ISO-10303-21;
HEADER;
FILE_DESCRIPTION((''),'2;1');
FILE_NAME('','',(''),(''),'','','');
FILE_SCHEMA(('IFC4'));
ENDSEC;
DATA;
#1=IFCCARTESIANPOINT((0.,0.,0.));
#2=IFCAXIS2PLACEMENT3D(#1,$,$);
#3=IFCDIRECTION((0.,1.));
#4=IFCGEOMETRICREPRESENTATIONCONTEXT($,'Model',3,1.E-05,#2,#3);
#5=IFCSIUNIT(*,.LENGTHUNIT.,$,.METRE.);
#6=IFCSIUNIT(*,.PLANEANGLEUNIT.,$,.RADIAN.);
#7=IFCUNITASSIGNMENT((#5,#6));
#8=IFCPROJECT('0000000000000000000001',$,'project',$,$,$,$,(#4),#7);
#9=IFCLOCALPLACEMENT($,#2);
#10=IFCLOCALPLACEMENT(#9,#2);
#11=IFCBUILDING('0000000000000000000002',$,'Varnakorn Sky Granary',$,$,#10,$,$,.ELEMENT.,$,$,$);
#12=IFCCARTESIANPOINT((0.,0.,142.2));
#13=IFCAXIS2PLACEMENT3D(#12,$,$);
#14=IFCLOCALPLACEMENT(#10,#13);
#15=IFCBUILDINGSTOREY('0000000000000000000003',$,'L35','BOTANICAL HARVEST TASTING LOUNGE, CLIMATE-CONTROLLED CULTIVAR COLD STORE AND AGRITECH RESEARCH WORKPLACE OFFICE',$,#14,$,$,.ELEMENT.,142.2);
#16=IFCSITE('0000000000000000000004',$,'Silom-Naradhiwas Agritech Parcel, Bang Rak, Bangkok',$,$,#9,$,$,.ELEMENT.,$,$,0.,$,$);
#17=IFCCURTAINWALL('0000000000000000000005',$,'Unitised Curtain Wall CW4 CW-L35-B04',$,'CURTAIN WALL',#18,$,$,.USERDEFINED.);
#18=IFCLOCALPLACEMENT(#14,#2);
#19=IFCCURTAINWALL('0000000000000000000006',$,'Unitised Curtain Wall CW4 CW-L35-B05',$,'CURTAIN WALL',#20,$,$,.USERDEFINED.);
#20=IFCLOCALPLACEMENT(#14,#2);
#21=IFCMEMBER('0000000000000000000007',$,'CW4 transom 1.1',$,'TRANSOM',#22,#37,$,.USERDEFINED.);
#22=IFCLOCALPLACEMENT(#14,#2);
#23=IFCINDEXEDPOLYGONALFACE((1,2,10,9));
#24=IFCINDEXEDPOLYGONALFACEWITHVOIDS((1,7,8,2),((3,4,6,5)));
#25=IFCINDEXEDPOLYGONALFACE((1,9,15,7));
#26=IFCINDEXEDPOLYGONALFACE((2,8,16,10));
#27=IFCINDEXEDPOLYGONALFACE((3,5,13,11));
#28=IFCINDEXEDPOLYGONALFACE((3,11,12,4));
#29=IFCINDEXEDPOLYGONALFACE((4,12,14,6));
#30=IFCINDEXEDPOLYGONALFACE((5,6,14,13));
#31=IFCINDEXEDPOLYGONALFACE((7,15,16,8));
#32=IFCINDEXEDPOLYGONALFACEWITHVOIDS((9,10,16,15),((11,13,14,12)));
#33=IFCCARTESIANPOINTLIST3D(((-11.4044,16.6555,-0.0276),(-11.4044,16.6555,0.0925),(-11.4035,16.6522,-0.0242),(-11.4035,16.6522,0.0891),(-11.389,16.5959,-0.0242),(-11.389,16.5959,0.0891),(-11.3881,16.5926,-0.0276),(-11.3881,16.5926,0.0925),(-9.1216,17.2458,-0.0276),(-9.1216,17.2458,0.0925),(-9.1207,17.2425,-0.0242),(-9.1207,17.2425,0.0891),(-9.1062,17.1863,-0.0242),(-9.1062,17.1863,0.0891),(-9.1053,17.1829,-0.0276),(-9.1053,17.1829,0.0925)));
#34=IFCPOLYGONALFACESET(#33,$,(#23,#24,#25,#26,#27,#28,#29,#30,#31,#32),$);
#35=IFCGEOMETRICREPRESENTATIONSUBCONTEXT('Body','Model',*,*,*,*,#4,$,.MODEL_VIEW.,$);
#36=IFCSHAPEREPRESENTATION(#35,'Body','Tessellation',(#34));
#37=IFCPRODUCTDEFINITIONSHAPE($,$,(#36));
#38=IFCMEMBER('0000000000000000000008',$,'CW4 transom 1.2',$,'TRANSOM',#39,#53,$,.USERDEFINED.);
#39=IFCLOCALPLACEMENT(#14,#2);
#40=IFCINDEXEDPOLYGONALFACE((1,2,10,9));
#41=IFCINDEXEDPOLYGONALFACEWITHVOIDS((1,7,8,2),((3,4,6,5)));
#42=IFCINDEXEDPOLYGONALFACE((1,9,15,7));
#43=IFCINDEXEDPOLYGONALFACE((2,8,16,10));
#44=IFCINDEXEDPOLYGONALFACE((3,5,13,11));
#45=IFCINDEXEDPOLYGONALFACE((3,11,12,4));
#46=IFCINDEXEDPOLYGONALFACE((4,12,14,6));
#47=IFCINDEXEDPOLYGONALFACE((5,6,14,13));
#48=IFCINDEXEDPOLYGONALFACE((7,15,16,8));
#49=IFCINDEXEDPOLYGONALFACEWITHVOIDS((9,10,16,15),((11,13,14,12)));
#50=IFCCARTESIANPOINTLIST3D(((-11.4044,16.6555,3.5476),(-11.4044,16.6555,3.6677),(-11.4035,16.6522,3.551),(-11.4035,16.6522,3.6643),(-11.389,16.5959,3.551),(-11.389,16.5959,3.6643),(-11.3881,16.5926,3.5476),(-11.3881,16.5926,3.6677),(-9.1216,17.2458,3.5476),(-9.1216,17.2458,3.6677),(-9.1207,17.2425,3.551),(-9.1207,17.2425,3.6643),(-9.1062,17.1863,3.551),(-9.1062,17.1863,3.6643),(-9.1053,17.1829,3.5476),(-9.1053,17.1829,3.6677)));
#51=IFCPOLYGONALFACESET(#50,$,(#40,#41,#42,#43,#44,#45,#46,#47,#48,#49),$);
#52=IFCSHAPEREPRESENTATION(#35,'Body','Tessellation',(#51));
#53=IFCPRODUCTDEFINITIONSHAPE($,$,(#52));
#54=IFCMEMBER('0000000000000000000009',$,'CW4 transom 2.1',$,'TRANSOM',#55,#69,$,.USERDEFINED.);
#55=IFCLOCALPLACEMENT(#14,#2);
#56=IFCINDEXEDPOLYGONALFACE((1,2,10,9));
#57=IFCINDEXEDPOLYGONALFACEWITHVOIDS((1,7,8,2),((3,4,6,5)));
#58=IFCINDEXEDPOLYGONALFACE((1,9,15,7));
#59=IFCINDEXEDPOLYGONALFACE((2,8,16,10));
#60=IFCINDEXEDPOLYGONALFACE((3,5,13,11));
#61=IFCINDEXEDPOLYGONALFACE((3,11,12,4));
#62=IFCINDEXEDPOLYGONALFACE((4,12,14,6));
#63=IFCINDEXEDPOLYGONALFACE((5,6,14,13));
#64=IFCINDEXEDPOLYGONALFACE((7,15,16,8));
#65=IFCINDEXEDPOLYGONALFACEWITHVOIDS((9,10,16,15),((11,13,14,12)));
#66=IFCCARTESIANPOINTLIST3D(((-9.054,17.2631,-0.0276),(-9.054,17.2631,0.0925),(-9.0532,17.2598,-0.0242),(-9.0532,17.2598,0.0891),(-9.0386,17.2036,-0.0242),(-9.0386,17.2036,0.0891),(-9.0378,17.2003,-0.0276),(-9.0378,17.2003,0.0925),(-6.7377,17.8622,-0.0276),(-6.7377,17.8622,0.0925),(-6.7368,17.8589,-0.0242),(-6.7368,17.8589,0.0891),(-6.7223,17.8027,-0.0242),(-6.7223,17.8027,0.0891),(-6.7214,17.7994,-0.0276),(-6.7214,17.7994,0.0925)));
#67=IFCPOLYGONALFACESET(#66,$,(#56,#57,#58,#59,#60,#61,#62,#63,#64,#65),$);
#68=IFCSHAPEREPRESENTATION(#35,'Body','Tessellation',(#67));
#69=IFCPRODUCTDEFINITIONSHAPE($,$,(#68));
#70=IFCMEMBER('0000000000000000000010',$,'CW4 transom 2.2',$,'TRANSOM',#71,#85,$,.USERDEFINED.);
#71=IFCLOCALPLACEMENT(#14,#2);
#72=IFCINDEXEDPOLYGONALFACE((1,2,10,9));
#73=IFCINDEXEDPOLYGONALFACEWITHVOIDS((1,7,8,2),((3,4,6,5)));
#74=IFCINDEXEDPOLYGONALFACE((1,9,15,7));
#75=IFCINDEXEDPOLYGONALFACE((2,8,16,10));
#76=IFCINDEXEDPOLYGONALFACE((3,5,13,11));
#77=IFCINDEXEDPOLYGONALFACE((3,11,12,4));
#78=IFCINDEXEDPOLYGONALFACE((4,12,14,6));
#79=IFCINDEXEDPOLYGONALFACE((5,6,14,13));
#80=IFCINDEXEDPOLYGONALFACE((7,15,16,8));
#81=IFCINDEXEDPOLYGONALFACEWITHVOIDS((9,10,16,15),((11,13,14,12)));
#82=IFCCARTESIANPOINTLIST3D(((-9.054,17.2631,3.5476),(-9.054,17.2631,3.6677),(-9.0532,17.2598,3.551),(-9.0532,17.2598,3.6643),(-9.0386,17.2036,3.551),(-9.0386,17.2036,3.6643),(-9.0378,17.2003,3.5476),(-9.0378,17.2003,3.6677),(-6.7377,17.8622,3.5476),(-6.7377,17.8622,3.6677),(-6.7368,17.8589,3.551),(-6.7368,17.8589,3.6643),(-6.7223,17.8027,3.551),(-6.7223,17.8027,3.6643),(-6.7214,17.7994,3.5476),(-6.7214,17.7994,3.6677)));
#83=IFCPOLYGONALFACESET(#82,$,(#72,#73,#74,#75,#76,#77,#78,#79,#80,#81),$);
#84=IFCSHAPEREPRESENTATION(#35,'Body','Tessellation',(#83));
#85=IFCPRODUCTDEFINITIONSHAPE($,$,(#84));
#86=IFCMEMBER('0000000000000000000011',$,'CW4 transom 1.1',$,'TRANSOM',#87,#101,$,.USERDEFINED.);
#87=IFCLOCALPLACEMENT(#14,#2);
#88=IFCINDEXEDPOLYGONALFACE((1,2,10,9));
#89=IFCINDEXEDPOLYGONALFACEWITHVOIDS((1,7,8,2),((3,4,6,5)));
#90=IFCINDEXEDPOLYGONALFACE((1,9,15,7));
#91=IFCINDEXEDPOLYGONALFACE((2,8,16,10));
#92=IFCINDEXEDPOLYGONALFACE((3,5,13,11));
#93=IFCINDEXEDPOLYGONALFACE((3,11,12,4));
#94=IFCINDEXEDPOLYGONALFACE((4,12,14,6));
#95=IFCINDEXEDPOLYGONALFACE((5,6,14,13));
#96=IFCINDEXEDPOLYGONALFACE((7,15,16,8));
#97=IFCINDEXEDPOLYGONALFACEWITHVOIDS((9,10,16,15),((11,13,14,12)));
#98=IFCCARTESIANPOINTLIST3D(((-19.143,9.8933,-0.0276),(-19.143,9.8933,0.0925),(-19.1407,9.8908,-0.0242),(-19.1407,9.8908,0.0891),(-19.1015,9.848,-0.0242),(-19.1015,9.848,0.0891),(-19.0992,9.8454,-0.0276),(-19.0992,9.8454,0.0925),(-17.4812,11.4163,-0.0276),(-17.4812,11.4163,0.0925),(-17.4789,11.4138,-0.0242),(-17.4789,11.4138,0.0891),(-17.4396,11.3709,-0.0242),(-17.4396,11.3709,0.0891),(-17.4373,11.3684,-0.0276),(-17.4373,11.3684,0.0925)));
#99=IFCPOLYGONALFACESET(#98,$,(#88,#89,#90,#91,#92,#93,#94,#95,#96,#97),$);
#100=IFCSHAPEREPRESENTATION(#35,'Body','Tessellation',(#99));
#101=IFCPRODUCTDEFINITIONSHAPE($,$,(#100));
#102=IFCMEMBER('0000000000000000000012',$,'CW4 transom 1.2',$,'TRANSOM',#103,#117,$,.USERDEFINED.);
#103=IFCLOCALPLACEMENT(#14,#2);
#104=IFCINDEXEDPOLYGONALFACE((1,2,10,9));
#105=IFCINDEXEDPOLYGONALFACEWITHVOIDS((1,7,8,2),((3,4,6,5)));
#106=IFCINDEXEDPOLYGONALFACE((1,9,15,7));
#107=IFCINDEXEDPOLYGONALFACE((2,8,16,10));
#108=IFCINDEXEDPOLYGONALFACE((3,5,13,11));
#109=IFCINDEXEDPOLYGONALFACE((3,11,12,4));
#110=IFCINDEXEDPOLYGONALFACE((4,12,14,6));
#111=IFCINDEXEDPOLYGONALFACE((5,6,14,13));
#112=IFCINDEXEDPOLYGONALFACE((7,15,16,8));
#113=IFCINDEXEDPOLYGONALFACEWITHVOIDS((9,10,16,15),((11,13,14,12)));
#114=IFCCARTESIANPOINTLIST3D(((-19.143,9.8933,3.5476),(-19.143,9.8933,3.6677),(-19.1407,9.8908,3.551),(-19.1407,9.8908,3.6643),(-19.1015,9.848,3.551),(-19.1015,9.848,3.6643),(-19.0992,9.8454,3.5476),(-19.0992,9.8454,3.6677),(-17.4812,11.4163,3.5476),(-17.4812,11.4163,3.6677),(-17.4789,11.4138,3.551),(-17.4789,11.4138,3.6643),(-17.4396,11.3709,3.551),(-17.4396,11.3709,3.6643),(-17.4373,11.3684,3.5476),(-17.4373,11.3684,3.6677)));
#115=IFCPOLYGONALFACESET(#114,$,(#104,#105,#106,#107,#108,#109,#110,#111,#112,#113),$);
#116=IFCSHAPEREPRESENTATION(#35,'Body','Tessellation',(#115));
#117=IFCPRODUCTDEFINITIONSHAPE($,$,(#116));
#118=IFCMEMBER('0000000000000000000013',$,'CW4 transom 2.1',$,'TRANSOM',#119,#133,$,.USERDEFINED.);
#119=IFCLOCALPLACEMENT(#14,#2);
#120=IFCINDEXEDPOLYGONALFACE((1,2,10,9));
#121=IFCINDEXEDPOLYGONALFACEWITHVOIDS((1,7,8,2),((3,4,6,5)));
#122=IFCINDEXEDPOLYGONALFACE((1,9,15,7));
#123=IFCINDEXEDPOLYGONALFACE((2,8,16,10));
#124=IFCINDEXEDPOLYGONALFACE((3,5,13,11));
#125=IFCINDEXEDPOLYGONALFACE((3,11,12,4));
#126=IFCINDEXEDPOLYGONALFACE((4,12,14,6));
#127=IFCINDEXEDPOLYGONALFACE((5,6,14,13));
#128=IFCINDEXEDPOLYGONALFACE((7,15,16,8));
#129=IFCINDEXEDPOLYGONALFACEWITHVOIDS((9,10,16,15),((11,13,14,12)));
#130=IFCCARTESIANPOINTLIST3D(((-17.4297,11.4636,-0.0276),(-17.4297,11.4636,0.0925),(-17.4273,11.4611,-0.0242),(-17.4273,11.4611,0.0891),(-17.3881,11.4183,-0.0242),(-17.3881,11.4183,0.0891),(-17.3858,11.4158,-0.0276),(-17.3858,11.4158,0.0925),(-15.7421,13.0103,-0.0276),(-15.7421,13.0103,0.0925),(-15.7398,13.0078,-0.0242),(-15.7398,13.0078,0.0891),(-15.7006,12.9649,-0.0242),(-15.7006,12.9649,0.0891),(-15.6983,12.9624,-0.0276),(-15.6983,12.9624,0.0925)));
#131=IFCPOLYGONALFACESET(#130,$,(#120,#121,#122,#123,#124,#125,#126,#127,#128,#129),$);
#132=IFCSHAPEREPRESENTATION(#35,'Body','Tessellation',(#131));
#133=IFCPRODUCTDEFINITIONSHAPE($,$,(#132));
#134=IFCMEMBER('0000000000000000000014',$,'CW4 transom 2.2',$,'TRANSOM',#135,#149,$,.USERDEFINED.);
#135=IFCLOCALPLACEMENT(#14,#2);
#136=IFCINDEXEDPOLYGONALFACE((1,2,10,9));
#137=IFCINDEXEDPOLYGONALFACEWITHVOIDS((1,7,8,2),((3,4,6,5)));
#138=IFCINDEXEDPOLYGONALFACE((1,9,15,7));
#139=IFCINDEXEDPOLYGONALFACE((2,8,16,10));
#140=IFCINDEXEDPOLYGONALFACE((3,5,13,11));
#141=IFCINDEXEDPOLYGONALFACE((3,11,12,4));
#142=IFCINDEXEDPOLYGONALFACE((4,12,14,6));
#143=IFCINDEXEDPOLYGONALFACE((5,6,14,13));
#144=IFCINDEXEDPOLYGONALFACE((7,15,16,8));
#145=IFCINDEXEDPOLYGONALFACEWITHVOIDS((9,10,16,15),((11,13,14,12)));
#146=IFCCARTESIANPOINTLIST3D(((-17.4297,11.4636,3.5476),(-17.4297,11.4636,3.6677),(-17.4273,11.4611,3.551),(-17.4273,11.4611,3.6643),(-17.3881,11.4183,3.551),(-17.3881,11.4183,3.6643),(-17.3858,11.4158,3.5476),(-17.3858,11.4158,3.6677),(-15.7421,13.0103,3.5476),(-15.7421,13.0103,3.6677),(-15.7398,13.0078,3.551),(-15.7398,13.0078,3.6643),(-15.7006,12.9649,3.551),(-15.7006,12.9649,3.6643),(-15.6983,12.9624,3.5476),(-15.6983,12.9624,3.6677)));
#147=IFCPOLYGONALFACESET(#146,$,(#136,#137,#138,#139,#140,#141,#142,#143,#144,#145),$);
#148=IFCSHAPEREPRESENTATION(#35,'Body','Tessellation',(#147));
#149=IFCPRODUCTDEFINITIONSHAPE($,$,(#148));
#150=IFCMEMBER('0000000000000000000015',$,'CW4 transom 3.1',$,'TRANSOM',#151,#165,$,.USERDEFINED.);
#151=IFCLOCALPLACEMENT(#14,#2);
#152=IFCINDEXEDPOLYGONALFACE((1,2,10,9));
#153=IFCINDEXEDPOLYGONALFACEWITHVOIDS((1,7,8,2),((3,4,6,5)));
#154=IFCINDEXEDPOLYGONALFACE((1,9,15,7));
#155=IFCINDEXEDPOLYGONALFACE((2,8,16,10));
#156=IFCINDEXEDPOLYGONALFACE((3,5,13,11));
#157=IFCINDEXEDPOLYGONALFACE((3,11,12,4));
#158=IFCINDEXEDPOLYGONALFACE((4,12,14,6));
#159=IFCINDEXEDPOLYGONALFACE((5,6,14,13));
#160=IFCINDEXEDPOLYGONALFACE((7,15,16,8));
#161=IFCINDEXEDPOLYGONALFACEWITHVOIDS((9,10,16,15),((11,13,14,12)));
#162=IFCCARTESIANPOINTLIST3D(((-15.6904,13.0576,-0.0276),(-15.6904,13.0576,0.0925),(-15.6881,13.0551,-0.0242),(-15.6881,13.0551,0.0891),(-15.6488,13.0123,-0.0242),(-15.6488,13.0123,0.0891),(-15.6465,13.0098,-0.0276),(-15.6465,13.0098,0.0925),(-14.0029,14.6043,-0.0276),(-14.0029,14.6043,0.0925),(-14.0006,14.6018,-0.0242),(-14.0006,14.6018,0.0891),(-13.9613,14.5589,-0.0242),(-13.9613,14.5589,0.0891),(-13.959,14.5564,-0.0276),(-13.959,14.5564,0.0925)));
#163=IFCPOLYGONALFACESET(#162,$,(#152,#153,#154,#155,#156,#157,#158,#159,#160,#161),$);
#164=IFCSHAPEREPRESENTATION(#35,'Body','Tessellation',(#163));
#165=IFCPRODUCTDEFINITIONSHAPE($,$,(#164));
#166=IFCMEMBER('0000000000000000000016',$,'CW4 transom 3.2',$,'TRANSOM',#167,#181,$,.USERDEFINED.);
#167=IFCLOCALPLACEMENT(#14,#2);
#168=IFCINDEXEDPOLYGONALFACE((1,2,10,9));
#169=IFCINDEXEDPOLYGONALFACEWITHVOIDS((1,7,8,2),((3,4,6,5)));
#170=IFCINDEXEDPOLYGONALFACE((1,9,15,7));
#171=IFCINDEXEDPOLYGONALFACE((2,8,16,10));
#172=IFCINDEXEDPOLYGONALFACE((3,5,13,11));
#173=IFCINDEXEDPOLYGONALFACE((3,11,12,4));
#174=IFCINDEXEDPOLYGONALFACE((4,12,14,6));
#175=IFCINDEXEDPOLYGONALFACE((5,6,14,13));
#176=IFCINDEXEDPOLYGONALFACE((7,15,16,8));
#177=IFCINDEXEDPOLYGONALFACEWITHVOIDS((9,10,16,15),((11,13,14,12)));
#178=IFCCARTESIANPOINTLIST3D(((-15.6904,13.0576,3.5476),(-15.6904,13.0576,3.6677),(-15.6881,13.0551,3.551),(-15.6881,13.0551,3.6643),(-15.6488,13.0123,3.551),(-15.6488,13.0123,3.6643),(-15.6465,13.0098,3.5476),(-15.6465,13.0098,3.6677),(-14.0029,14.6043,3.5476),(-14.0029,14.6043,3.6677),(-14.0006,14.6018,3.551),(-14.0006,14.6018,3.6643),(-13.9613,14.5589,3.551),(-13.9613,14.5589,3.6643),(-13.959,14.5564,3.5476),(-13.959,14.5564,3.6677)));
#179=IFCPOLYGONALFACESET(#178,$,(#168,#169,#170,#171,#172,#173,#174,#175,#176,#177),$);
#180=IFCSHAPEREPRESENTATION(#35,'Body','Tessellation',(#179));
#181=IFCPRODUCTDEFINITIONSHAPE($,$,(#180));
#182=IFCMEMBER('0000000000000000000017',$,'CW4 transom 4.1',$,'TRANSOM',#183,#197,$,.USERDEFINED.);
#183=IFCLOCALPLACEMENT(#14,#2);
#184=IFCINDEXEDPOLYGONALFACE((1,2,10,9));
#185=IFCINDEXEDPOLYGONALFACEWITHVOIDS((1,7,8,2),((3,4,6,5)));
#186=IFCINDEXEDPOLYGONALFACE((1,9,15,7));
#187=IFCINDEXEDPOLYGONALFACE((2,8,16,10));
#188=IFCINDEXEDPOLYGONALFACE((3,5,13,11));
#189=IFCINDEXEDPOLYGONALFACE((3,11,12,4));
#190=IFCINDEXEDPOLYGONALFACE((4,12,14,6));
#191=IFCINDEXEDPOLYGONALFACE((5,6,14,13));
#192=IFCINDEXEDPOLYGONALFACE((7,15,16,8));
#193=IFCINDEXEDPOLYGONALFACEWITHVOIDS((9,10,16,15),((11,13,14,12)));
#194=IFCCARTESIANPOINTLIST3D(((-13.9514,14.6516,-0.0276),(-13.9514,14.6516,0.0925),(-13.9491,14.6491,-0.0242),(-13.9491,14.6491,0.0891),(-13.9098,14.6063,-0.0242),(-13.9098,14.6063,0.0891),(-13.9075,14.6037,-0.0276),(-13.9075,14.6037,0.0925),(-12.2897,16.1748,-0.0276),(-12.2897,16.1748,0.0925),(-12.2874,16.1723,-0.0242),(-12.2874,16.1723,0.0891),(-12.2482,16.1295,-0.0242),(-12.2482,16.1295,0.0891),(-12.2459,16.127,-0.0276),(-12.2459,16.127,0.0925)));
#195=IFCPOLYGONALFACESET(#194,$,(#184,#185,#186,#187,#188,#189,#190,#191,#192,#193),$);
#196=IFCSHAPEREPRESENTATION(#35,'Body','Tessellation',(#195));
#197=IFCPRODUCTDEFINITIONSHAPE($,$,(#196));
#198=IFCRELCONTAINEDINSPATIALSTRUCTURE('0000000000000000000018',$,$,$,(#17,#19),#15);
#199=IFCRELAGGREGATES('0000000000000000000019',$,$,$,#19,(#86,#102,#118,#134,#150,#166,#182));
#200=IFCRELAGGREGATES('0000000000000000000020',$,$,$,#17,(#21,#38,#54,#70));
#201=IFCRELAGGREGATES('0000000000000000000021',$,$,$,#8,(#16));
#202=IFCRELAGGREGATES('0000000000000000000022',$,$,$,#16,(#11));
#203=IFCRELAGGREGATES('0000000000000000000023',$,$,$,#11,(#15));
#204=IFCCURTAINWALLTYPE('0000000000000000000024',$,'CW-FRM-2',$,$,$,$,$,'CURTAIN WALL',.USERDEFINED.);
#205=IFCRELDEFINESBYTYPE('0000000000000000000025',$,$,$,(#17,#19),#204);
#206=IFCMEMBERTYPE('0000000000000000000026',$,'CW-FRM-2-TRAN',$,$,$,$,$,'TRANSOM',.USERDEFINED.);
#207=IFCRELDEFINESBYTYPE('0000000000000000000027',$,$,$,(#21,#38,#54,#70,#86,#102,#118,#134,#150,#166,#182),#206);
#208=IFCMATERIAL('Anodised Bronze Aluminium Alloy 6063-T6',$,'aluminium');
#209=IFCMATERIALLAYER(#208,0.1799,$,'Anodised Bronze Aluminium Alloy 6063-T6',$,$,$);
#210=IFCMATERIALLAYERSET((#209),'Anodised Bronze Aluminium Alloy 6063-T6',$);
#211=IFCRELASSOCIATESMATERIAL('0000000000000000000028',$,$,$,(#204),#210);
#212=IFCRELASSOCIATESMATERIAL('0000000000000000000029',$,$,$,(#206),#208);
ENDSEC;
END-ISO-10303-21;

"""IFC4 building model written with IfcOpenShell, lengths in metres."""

from ifc_helpers import new_model, si_unit, direction, frame, origin, origin_2d, place, context, subcontext, project, spatial, hollow_rectangle, extrude, material, layer, layer_set, material_profile, profile_set, type_object, element, aggregate, save


model = new_model("IFC4")

# Units and contexts
model_context = context("Model", 3, precision=1e-05, world=origin(), true_north=direction((0.0, 1.0)))
body_context = subcontext(model_context, "Body", "Model", "MODEL_VIEW")
ifc_project = project(units=[si_unit("LENGTHUNIT", "METRE"), si_unit("PLANEANGLEUNIT", "RADIAN")], contexts=[model_context])

# Site, building, storey
site_placement = place(None, origin())
site = spatial("IfcSite", under=ifc_project, at=site_placement, Name="Silom-Naradhiwas Agritech Parcel, Bang Rak, Bangkok", CompositionType="ELEMENT", RefElevation=0.0)
building_placement = place(site_placement, origin())
building = spatial("IfcBuilding", under=site, at=building_placement, Name="Varnakorn Sky Granary", CompositionType="ELEMENT")
storey_placement = place(building_placement, frame((0.0, 0.0, 142.2)))
storey = spatial("IfcBuildingStorey", under=building, at=storey_placement, Name="L35", Description="BOTANICAL HARVEST TASTING LOUNGE, CLIMATE-CONTROLLED CULTIVAR COLD STORE AND AGRITECH RESEARCH WORKPLACE OFFICE", CompositionType="ELEMENT", Elevation=142.2)

# Curtain walls
ifc_material_1 = material(Name="Anodised Bronze Aluminium Alloy 6063-T6", Category="aluminium")
ifc_layer_1 = layer(ifc_material_1, 0.1799, Name="Anodised Bronze Aluminium Alloy 6063-T6")
ifc_layer_set_1 = layer_set([ifc_layer_1], Name="Anodised Bronze Aluminium Alloy 6063-T6")
curtain_wall_type = type_object("IfcCurtainWallType", Name="CW-FRM-2", ElementType="CURTAIN WALL", PredefinedType="USERDEFINED", material=ifc_layer_set_1)
curtain_wall_1_placement = place(storey_placement, origin())
curtain_wall_1 = element("IfcCurtainWall", 1, at=curtain_wall_1_placement, inside=storey, type_object=curtain_wall_type, Name="Unitised Curtain Wall CW4 CW-L35-B04", ObjectType="CURTAIN WALL", PredefinedType="USERDEFINED")
curtain_wall_2_placement = place(storey_placement, origin())
curtain_wall_2 = element("IfcCurtainWall", 2, at=curtain_wall_2_placement, inside=storey, type_object=curtain_wall_type, Name="Unitised Curtain Wall CW4 CW-L35-B05", ObjectType="CURTAIN WALL", PredefinedType="USERDEFINED")

# Members
ifc_material_profile_1 = material_profile(ifc_material_1, hollow_rectangle(XDim=0.0649, YDim=0.1201, WallThickness=0.0034, at=origin_2d()), Name="ALU TRAN 65x120")
ifc_profile_set_1 = profile_set([ifc_material_profile_1], Name="Anodised Bronze Aluminium Alloy 6063-T6")
member_type_1 = type_object("IfcMemberType", Name="CW-FRM-2-TRAN", ElementType="TRANSOM", PredefinedType="USERDEFINED", material=ifc_profile_set_1)
member_1_placement = place(storey_placement, frame((-11.3962, 16.624, 0.0325), z_axis=(0.96815, 0.250373, 0.0), x_axis=(-0.250373, 0.96815, 0.0)))
member_1 = element("IfcMember", 3, at=member_1_placement, type_object=member_type_1, Name="CW4 transom 1.1", ObjectType="TRANSOM", PredefinedType="USERDEFINED", context=body_context, shape_type="SweptSolid", body=[
    extrude(hollow_rectangle(XDim=0.0649, YDim=0.1201, WallThickness=0.0034, at=origin_2d()), origin(), (0.0, 0.0, 1.0), 2.3579),
])
member_2_placement = place(storey_placement, frame((-11.3962, 16.624, 3.6077), z_axis=(0.96815, 0.250373, 0.0), x_axis=(-0.250373, 0.96815, 0.0)))
member_2 = element("IfcMember", 4, at=member_2_placement, type_object=member_type_1, Name="CW4 transom 1.2", ObjectType="TRANSOM", PredefinedType="USERDEFINED", context=body_context, shape_type="SweptSolid", body=[
    extrude(hollow_rectangle(XDim=0.0649, YDim=0.1201, WallThickness=0.0034, at=origin_2d()), origin(), (0.0, 0.0, 1.0), 2.3579),
])
member_3_placement = place(storey_placement, frame((-9.0459, 17.2317, 0.0325), z_axis=(0.968142, 0.250403, 0.0), x_axis=(-0.250403, 0.968142, 0.0)))
member_3 = element("IfcMember", 5, at=member_3_placement, type_object=member_type_1, Name="CW4 transom 2.1", ObjectType="TRANSOM", PredefinedType="USERDEFINED", context=body_context, shape_type="SweptSolid", body=[
    extrude(hollow_rectangle(XDim=0.0649, YDim=0.1201, WallThickness=0.0034, at=origin_2d()), origin(), (0.0, 0.0, 1.0), 2.3926),
])
member_4_placement = place(storey_placement, frame((-9.0459, 17.2317, 3.6077), z_axis=(0.968142, 0.250403, 0.0), x_axis=(-0.250403, 0.968142, 0.0)))
member_4 = element("IfcMember", 6, at=member_4_placement, type_object=member_type_1, Name="CW4 transom 2.2", ObjectType="TRANSOM", PredefinedType="USERDEFINED", context=body_context, shape_type="SweptSolid", body=[
    extrude(hollow_rectangle(XDim=0.0649, YDim=0.1201, WallThickness=0.0034, at=origin_2d()), origin(), (0.0, 0.0, 1.0), 2.3926),
])
member_5_placement = place(storey_placement, frame((-19.1211, 9.8694, 0.0325), z_axis=(0.737249, 0.675622, 0.0), x_axis=(-0.675622, 0.737249, 0.0)))
member_5 = element("IfcMember", 7, at=member_5_placement, type_object=member_type_1, Name="CW4 transom 1.1", ObjectType="TRANSOM", PredefinedType="USERDEFINED", context=body_context, shape_type="SweptSolid", body=[
    extrude(hollow_rectangle(XDim=0.0649, YDim=0.1201, WallThickness=0.0034, at=origin_2d()), origin(), (0.0, 0.0, 1.0), 2.2542),
])
member_6_placement = place(storey_placement, frame((-19.1211, 9.8694, 3.6077), z_axis=(0.737249, 0.675622, 0.0), x_axis=(-0.675622, 0.737249, 0.0)))
member_6 = element("IfcMember", 8, at=member_6_placement, type_object=member_type_1, Name="CW4 transom 1.2", ObjectType="TRANSOM", PredefinedType="USERDEFINED", context=body_context, shape_type="SweptSolid", body=[
    extrude(hollow_rectangle(XDim=0.0649, YDim=0.1201, WallThickness=0.0034, at=origin_2d()), origin(), (0.0, 0.0, 1.0), 2.2542),
])
member_7_placement = place(storey_placement, frame((-17.4077, 11.4397, 0.0325), z_axis=(0.737207, 0.675667, 0.0), x_axis=(-0.675667, 0.737207, 0.0)))
member_7 = element("IfcMember", 9, at=member_7_placement, type_object=member_type_1, Name="CW4 transom 2.1", ObjectType="TRANSOM", PredefinedType="USERDEFINED", context=body_context, shape_type="SweptSolid", body=[
    extrude(hollow_rectangle(XDim=0.0649, YDim=0.1201, WallThickness=0.0034, at=origin_2d()), origin(), (0.0, 0.0, 1.0), 2.2891),
])
member_8_placement = place(storey_placement, frame((-17.4077, 11.4397, 3.6077), z_axis=(0.737207, 0.675667, 0.0), x_axis=(-0.675667, 0.737207, 0.0)))
member_8 = element("IfcMember", 10, at=member_8_placement, type_object=member_type_1, Name="CW4 transom 2.2", ObjectType="TRANSOM", PredefinedType="USERDEFINED", context=body_context, shape_type="SweptSolid", body=[
    extrude(hollow_rectangle(XDim=0.0649, YDim=0.1201, WallThickness=0.0034, at=origin_2d()), origin(), (0.0, 0.0, 1.0), 2.2891),
])
member_9_placement = place(storey_placement, frame((-15.6685, 13.0337, 0.0325), z_axis=(0.737207, 0.675667, 0.0), x_axis=(-0.675667, 0.737207, 0.0)))
member_9 = element("IfcMember", 11, at=member_9_placement, type_object=member_type_1, Name="CW4 transom 3.1", ObjectType="TRANSOM", PredefinedType="USERDEFINED", context=body_context, shape_type="SweptSolid", body=[
    extrude(hollow_rectangle(XDim=0.0649, YDim=0.1201, WallThickness=0.0034, at=origin_2d()), origin(), (0.0, 0.0, 1.0), 2.2891),
])
member_10_placement = place(storey_placement, frame((-15.6685, 13.0337, 3.6077), z_axis=(0.737207, 0.675667, 0.0), x_axis=(-0.675667, 0.737207, 0.0)))
member_10 = element("IfcMember", 12, at=member_10_placement, type_object=member_type_1, Name="CW4 transom 3.2", ObjectType="TRANSOM", PredefinedType="USERDEFINED", context=body_context, shape_type="SweptSolid", body=[
    extrude(hollow_rectangle(XDim=0.0649, YDim=0.1201, WallThickness=0.0034, at=origin_2d()), origin(), (0.0, 0.0, 1.0), 2.2891),
])
member_11_placement = place(storey_placement, frame((-13.9294, 14.6277, 0.0325), z_axis=(0.737145, 0.675734, 0.0), x_axis=(-0.675734, 0.737145, 0.0)))
member_11 = element("IfcMember", 13, at=member_11_placement, type_object=member_type_1, Name="CW4 transom 4.1", ObjectType="TRANSOM", PredefinedType="USERDEFINED", context=body_context, shape_type="SweptSolid", body=[
    extrude(hollow_rectangle(XDim=0.0649, YDim=0.1201, WallThickness=0.0034, at=origin_2d()), origin(), (0.0, 0.0, 1.0), 2.2542),
])

aggregate(curtain_wall_2, [member_5, member_6, member_7, member_8, member_9, member_10, member_11])
aggregate(curtain_wall_1, [member_1, member_2, member_3, member_4])

save(model, "model.ifc")
